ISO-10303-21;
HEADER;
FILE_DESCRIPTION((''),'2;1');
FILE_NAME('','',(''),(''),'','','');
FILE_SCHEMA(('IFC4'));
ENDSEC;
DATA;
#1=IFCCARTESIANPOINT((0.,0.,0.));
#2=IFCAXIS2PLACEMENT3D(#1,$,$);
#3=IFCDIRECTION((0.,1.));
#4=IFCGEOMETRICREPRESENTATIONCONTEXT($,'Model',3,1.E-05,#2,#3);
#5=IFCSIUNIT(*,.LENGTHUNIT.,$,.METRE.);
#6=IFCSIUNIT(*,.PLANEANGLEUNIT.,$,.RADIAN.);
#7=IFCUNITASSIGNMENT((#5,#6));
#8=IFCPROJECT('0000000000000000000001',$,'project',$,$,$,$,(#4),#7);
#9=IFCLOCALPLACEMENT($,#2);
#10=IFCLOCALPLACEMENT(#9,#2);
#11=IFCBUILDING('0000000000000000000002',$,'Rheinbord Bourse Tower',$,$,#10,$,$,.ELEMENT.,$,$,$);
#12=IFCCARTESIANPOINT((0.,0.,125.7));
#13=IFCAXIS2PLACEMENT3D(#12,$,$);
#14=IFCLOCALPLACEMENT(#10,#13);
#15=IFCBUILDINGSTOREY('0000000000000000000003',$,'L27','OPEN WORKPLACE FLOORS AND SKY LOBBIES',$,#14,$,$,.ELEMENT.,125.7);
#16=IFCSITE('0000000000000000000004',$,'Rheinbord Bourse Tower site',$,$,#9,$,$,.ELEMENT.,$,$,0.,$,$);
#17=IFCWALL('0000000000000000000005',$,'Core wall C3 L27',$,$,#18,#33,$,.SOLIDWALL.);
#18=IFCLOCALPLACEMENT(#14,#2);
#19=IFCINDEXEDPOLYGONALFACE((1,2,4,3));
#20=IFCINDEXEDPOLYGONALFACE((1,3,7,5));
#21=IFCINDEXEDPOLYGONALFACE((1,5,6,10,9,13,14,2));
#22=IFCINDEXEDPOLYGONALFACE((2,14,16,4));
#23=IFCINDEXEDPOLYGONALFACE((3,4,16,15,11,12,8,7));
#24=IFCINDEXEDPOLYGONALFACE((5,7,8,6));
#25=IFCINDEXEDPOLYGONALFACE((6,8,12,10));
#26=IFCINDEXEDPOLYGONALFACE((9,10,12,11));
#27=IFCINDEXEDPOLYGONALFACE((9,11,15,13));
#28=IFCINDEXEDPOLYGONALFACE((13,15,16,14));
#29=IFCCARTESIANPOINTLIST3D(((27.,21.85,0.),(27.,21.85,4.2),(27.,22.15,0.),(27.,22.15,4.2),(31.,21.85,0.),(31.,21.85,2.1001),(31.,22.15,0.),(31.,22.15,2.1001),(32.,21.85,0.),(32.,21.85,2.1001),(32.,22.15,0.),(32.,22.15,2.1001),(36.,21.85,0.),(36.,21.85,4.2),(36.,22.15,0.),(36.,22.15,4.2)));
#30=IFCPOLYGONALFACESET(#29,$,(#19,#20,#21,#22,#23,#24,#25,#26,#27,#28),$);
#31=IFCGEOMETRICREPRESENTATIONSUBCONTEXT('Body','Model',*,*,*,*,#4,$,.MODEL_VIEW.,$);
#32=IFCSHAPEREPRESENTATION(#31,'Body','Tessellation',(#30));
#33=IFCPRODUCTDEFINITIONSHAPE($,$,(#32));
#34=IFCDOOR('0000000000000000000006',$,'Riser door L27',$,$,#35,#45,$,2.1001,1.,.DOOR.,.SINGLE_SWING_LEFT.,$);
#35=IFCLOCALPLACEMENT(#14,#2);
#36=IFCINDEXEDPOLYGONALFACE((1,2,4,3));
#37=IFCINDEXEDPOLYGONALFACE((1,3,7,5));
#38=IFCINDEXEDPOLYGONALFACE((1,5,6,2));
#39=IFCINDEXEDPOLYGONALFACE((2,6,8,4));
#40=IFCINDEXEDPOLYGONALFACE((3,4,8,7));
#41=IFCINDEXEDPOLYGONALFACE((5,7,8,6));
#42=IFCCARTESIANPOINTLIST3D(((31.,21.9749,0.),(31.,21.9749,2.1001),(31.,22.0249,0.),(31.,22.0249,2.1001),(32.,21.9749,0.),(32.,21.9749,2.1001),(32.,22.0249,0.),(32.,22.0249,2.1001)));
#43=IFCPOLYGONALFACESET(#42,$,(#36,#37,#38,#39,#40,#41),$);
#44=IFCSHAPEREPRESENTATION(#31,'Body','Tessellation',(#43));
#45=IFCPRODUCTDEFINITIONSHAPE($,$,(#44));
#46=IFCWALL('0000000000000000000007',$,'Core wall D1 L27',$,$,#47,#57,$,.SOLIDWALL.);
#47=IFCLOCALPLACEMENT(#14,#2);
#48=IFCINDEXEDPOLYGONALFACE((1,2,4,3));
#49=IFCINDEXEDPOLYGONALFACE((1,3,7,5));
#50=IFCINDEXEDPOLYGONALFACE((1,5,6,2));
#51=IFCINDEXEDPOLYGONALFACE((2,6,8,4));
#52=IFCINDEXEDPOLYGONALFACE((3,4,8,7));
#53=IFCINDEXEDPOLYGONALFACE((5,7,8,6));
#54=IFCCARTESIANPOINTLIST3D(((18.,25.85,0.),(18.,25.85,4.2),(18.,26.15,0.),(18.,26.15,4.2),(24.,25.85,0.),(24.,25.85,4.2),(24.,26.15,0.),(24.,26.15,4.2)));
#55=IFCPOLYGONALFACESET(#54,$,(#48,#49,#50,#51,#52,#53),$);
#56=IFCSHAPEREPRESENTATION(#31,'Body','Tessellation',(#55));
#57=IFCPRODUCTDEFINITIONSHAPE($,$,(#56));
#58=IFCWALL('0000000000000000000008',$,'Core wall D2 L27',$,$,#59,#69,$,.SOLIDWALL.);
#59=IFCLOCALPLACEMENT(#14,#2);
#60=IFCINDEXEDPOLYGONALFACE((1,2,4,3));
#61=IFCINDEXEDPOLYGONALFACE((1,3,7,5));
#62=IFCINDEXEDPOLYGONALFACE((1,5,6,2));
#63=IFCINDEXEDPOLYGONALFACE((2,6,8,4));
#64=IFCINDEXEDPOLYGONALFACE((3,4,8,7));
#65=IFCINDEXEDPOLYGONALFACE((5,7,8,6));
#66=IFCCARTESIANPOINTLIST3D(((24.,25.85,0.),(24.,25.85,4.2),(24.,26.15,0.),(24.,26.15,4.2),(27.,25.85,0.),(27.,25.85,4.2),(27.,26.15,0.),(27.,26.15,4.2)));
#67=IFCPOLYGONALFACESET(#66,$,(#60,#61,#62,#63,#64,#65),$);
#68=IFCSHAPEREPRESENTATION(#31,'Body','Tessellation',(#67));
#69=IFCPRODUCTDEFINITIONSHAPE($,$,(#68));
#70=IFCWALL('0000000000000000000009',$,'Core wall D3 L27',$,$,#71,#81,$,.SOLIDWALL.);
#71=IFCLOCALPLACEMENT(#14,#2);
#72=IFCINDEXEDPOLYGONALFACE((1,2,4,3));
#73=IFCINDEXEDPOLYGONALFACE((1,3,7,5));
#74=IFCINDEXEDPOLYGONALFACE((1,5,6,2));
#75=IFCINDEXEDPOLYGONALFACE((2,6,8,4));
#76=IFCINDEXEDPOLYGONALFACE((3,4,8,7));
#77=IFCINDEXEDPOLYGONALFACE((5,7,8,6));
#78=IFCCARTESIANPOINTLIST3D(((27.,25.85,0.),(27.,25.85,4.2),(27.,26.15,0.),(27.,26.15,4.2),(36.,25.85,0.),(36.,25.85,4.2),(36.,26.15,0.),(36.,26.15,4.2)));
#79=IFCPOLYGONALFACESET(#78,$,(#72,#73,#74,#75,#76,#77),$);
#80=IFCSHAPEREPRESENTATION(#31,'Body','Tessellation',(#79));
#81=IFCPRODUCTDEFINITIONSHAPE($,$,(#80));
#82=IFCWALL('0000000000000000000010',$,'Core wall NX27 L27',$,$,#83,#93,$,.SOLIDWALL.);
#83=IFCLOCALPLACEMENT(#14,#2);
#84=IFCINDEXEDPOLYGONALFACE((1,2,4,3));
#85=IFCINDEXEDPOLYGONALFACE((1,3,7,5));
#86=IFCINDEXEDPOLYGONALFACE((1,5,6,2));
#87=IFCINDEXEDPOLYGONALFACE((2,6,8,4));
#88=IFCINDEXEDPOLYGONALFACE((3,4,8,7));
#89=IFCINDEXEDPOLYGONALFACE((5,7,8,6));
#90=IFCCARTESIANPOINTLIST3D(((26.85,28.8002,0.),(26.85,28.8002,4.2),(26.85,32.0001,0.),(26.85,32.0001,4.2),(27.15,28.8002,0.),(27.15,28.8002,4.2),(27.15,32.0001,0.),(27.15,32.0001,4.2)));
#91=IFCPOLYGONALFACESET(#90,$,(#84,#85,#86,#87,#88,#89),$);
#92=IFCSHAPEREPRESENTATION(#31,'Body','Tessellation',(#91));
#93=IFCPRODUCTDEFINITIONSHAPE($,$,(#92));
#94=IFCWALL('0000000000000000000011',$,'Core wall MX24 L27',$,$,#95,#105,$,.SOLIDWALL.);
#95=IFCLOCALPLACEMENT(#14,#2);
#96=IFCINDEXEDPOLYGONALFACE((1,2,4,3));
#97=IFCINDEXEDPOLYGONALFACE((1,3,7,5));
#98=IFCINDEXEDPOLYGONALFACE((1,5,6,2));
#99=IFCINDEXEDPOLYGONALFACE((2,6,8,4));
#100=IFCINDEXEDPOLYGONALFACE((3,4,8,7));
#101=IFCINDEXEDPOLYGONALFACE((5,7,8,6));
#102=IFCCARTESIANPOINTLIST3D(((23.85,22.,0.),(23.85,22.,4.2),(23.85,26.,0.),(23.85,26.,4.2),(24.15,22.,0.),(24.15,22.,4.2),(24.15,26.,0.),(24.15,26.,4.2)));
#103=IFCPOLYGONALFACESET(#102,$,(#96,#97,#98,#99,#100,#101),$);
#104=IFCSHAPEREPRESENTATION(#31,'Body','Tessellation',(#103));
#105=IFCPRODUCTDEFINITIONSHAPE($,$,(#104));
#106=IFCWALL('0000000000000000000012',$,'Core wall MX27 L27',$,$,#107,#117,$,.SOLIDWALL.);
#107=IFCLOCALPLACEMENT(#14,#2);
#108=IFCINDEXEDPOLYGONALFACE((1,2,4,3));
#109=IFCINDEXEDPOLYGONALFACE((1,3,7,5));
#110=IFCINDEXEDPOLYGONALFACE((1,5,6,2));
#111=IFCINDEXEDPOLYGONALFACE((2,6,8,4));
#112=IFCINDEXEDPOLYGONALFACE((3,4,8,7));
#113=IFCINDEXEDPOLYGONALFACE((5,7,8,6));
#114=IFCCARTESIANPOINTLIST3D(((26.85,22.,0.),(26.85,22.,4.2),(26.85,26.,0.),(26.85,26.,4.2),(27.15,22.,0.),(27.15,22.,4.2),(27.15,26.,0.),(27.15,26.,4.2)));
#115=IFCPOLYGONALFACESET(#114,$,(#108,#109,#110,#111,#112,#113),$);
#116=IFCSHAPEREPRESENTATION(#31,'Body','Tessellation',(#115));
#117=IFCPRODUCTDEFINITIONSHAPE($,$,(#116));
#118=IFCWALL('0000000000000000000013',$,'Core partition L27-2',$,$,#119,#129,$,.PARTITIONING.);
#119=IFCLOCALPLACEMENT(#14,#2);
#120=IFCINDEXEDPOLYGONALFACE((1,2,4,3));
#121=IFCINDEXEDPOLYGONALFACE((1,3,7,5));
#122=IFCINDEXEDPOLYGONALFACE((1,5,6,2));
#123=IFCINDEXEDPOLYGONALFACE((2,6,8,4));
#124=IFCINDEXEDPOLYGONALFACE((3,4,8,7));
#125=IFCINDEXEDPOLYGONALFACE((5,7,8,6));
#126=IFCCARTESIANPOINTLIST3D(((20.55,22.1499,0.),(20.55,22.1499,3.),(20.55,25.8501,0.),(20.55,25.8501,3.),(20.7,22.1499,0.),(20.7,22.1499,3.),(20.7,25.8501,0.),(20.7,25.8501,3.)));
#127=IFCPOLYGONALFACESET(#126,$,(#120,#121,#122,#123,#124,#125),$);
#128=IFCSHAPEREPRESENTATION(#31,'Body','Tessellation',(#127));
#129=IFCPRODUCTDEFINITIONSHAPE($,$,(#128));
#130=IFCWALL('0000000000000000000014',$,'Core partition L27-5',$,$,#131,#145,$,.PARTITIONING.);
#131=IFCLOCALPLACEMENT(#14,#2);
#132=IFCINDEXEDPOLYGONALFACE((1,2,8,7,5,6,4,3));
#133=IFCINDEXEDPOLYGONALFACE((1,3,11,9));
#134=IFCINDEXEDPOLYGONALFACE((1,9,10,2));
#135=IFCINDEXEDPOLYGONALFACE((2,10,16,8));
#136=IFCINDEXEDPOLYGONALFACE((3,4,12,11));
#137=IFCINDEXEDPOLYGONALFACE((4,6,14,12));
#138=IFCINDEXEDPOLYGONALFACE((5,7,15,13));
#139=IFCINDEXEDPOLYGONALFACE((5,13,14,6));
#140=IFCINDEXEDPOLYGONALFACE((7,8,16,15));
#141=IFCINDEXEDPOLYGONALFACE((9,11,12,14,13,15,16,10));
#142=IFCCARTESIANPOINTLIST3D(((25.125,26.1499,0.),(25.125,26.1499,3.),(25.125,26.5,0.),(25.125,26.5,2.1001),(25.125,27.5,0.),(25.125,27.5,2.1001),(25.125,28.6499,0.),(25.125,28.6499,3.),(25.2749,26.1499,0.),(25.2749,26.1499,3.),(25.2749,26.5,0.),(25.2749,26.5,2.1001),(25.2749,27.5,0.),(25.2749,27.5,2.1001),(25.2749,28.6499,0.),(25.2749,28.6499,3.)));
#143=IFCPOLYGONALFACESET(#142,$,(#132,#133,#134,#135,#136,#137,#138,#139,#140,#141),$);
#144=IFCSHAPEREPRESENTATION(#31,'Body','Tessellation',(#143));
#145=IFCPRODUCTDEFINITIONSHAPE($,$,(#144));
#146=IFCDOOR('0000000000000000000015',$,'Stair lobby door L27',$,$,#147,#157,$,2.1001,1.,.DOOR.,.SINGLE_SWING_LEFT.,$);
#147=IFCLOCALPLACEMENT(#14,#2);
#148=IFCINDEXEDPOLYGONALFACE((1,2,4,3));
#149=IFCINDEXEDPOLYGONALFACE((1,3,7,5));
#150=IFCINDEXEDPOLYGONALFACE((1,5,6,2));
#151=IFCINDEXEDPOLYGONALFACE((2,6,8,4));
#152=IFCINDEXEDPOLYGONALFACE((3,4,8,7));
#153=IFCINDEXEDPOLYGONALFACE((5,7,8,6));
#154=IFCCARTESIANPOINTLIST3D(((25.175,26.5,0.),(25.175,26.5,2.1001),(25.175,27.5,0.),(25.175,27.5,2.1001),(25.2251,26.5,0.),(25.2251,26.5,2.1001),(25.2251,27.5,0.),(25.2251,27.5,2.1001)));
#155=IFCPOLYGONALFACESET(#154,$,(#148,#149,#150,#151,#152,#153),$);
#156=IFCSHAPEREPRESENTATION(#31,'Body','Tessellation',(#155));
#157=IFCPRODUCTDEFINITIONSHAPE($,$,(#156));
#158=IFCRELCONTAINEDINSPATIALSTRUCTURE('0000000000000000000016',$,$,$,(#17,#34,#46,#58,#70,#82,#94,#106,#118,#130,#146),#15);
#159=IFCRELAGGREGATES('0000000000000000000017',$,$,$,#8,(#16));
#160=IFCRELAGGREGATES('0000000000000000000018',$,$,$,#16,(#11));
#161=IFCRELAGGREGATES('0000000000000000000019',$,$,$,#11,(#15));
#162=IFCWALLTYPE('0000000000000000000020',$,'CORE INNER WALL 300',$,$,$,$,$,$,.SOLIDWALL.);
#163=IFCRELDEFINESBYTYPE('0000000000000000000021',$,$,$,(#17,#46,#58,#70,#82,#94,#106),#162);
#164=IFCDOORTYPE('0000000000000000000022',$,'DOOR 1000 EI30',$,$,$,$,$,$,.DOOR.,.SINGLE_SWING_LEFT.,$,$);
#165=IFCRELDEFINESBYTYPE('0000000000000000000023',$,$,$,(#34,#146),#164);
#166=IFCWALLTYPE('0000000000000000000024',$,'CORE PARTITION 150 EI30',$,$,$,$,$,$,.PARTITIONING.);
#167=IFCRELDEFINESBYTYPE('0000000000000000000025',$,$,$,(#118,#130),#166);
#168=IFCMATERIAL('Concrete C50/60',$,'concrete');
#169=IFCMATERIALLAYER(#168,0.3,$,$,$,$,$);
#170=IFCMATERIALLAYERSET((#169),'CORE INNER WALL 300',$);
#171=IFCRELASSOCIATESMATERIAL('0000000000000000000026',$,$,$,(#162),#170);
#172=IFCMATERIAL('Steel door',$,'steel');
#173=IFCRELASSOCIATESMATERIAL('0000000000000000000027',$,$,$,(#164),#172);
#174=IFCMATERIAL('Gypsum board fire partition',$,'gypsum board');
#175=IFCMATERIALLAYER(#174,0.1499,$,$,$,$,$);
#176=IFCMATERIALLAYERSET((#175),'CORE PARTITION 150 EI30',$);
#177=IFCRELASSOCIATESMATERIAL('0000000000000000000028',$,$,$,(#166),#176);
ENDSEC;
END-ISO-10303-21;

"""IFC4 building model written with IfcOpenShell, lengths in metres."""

from ifc_helpers import new_model, si_unit, direction, frame, frame_2d, origin, place, context, subcontext, project, spatial, rectangle, extrude, material, layer, layer_set, type_object, element, fill, save


model = new_model("IFC4")

# Units and contexts
model_context = context("Model", 3, precision=1e-05, world=origin(), true_north=direction((0.0, 1.0)))
body_context = subcontext(model_context, "Body", "Model", "MODEL_VIEW")
ifc_project = project(units=[si_unit("LENGTHUNIT", "METRE"), si_unit("PLANEANGLEUNIT", "RADIAN")], contexts=[model_context])

# Site, building, storey
site_placement = place(None, origin())
site = spatial("IfcSite", under=ifc_project, at=site_placement, Name="Rheinbord Bourse Tower site", CompositionType="ELEMENT", RefElevation=0.0)
building_placement = place(site_placement, origin())
building = spatial("IfcBuilding", under=site, at=building_placement, Name="Rheinbord Bourse Tower", CompositionType="ELEMENT")
storey_placement = place(building_placement, frame((0.0, 0.0, 125.7)))
storey = spatial("IfcBuildingStorey", under=building, at=storey_placement, Name="L27", Description="OPEN WORKPLACE FLOORS AND SKY LOBBIES", CompositionType="ELEMENT", Elevation=125.7)

# Shared definitions
ifc_material_1 = material(Name="Concrete C50/60", Category="concrete")
ifc_layer_1 = layer(ifc_material_1, 0.3)
ifc_layer_set_1 = layer_set([ifc_layer_1], Name="CORE INNER WALL 300")
wall_type_1 = type_object("IfcWallType", Name="CORE INNER WALL 300", PredefinedType="SOLIDWALL", material=ifc_layer_set_1)
ifc_material_2 = material(Name="Steel door", Category="steel")
door_type_1 = type_object("IfcDoorType", Name="DOOR 1000 EI30", OperationType="SINGLE_SWING_LEFT", PredefinedType="DOOR", material=ifc_material_2)

# Wall, opening, door
wall_1_placement = place(storey_placement, frame((27.0, 22.0, 0.0), z_axis=(0.0, 0.0, 1.0), x_axis=(1.0, 0.0, 0.0)))
wall_1 = element("IfcWall", 1, at=wall_1_placement, inside=storey, type_object=wall_type_1, Name="Core wall C3 L27", PredefinedType="SOLIDWALL", context=body_context, shape_type="SweptSolid", body=[
    extrude(rectangle(XDim=9.0, YDim=0.3, at=frame_2d((4.5, 0.0))), origin(), (0.0, 0.0, 1.0), 4.2),
])
opening_1_placement = place(wall_1_placement, frame((4.0, 0.0, 0.0)))
opening_1 = element("IfcOpeningElement", 2, at=opening_1_placement, cuts=wall_1, PredefinedType="OPENING", context=body_context, shape_type="SweptSolid", body=[
    extrude(rectangle(XDim=1.0, YDim=2.1001, at=frame_2d((0.5, 1.05))), frame((0.0, 0.1599, 0.0), z_axis=(0.0, -1.0, 0.0), x_axis=(1.0, 0.0, 0.0)), (0.0, 0.0, 1.0), 0.3201),
])
door_1_placement = place(opening_1_placement, origin())
door_1 = element("IfcDoor", 3, at=door_1_placement, inside=storey, type_object=door_type_1, Name="Riser door L27", OperationType="SINGLE_SWING_LEFT", OverallHeight=2.1001, OverallWidth=1.0, PredefinedType="DOOR", context=body_context, shape_type="SweptSolid", body=[
    extrude(rectangle(XDim=1.0, YDim=2.1001, at=frame_2d((0.5, 1.05))), frame((0.0, 0.0249, 0.0), z_axis=(0.0, -1.0, 0.0), x_axis=(1.0, 0.0, 0.0)), (0.0, 0.0, 1.0), 0.05),
])
fill(opening_1, door_1)

# Walls
wall_2_placement = place(storey_placement, frame((18.0, 26.0, 0.0), z_axis=(0.0, 0.0, 1.0), x_axis=(1.0, 0.0, 0.0)))
element("IfcWall", 4, at=wall_2_placement, inside=storey, type_object=wall_type_1, Name="Core wall D1 L27", PredefinedType="SOLIDWALL", context=body_context, shape_type="SweptSolid", body=[
    extrude(rectangle(XDim=6.0, YDim=0.3, at=frame_2d((3.0, 0.0))), origin(), (0.0, 0.0, 1.0), 4.2),
])
wall_3_placement = place(storey_placement, frame((24.0, 26.0, 0.0), z_axis=(0.0, 0.0, 1.0), x_axis=(1.0, 0.0, 0.0)))
element("IfcWall", 5, at=wall_3_placement, inside=storey, type_object=wall_type_1, Name="Core wall D2 L27", PredefinedType="SOLIDWALL", context=body_context, shape_type="SweptSolid", body=[
    extrude(rectangle(XDim=3.0, YDim=0.3, at=frame_2d((1.5, 0.0))), origin(), (0.0, 0.0, 1.0), 4.2),
])
wall_4_placement = place(storey_placement, frame((27.0, 26.0, 0.0), z_axis=(0.0, 0.0, 1.0), x_axis=(1.0, 0.0, 0.0)))
element("IfcWall", 6, at=wall_4_placement, inside=storey, type_object=wall_type_1, Name="Core wall D3 L27", PredefinedType="SOLIDWALL", context=body_context, shape_type="SweptSolid", body=[
    extrude(rectangle(XDim=9.0, YDim=0.3, at=frame_2d((4.5, 0.0))), origin(), (0.0, 0.0, 1.0), 4.2),
])
wall_5_placement = place(storey_placement, frame((27.0, 28.8, 0.0), z_axis=(0.0, 0.0, 1.0), x_axis=(0.0, 1.0, 0.0)))
element("IfcWall", 7, at=wall_5_placement, inside=storey, type_object=wall_type_1, Name="Core wall NX27 L27", PredefinedType="SOLIDWALL", context=body_context, shape_type="SweptSolid", body=[
    extrude(rectangle(XDim=3.2, YDim=0.3, at=frame_2d((1.6001, 0.0))), origin(), (0.0, 0.0, 1.0), 4.2),
])
for number, where, z_axis, x_axis, name in (
    (8, (24.0, 22.0, 0.0), (0.0, 0.0, 1.0), (0.0, 1.0, 0.0), "Core wall MX24 L27"),
    (9, (27.0, 22.0, 0.0), (0.0, 0.0, 1.0), (0.0, 1.0, 0.0), "Core wall MX27 L27"),
):
    element("IfcWall", number, at=place(storey_placement, frame(where, z_axis=z_axis, x_axis=x_axis)), inside=storey, type_object=wall_type_1, Name=name, PredefinedType="SOLIDWALL", context=body_context, shape_type="SweptSolid", body=[
        extrude(rectangle(XDim=4.0, YDim=0.3, at=frame_2d((2.0, 0.0))), origin(), (0.0, 0.0, 1.0), 4.2),
    ])
ifc_material_3 = material(Name="Gypsum board fire partition", Category="gypsum board")
ifc_layer_2 = layer(ifc_material_3, 0.1499)
ifc_layer_set_2 = layer_set([ifc_layer_2], Name="CORE PARTITION 150 EI30")
wall_type_2 = type_object("IfcWallType", Name="CORE PARTITION 150 EI30", PredefinedType="PARTITIONING", material=ifc_layer_set_2)
wall_6_placement = place(storey_placement, frame((20.625, 22.1499, 0.0), z_axis=(0.0, 0.0, 1.0), x_axis=(0.0, 1.0, 0.0)))
element("IfcWall", 10, at=wall_6_placement, inside=storey, type_object=wall_type_2, Name="Core partition L27-2", PredefinedType="PARTITIONING", context=body_context, shape_type="SweptSolid", body=[
    extrude(rectangle(XDim=3.7002, YDim=0.1499, at=frame_2d((1.8501, 0.0))), origin(), (0.0, 0.0, 1.0), 3.0),
])

# Wall, opening, door
wall_7_placement = place(storey_placement, frame((25.2, 26.1499, 0.0), z_axis=(0.0, 0.0, 1.0), x_axis=(0.0, 1.0, 0.0)))
wall_7 = element("IfcWall", 11, at=wall_7_placement, inside=storey, type_object=wall_type_2, Name="Core partition L27-5", PredefinedType="PARTITIONING", context=body_context, shape_type="SweptSolid", body=[
    extrude(rectangle(XDim=2.5, YDim=0.1499, at=frame_2d((1.25, 0.0))), origin(), (0.0, 0.0, 1.0), 3.0),
])
opening_2_placement = place(wall_7_placement, frame((0.3501, 0.0, 0.0)))
opening_2 = element("IfcOpeningElement", 12, at=opening_2_placement, cuts=wall_7, PredefinedType="OPENING", context=body_context, shape_type="SweptSolid", body=[
    extrude(rectangle(XDim=1.0, YDim=2.1001, at=frame_2d((0.5, 1.05))), frame((0.0, 0.085, 0.0), z_axis=(0.0, -1.0, 0.0), x_axis=(1.0, 0.0, 0.0)), (0.0, 0.0, 1.0), 0.1699),
])
door_2_placement = place(opening_2_placement, origin())
door_2 = element("IfcDoor", 13, at=door_2_placement, inside=storey, type_object=door_type_1, Name="Stair lobby door L27", OperationType="SINGLE_SWING_LEFT", OverallHeight=2.1001, OverallWidth=1.0, PredefinedType="DOOR", context=body_context, shape_type="SweptSolid", body=[
    extrude(rectangle(XDim=1.0, YDim=2.1001, at=frame_2d((0.5, 1.05))), frame((0.0, 0.0249, 0.0), z_axis=(0.0, -1.0, 0.0), x_axis=(1.0, 0.0, 0.0)), (0.0, 0.0, 1.0), 0.05),
])
fill(opening_2, door_2)

save(model, "model.ifc")
